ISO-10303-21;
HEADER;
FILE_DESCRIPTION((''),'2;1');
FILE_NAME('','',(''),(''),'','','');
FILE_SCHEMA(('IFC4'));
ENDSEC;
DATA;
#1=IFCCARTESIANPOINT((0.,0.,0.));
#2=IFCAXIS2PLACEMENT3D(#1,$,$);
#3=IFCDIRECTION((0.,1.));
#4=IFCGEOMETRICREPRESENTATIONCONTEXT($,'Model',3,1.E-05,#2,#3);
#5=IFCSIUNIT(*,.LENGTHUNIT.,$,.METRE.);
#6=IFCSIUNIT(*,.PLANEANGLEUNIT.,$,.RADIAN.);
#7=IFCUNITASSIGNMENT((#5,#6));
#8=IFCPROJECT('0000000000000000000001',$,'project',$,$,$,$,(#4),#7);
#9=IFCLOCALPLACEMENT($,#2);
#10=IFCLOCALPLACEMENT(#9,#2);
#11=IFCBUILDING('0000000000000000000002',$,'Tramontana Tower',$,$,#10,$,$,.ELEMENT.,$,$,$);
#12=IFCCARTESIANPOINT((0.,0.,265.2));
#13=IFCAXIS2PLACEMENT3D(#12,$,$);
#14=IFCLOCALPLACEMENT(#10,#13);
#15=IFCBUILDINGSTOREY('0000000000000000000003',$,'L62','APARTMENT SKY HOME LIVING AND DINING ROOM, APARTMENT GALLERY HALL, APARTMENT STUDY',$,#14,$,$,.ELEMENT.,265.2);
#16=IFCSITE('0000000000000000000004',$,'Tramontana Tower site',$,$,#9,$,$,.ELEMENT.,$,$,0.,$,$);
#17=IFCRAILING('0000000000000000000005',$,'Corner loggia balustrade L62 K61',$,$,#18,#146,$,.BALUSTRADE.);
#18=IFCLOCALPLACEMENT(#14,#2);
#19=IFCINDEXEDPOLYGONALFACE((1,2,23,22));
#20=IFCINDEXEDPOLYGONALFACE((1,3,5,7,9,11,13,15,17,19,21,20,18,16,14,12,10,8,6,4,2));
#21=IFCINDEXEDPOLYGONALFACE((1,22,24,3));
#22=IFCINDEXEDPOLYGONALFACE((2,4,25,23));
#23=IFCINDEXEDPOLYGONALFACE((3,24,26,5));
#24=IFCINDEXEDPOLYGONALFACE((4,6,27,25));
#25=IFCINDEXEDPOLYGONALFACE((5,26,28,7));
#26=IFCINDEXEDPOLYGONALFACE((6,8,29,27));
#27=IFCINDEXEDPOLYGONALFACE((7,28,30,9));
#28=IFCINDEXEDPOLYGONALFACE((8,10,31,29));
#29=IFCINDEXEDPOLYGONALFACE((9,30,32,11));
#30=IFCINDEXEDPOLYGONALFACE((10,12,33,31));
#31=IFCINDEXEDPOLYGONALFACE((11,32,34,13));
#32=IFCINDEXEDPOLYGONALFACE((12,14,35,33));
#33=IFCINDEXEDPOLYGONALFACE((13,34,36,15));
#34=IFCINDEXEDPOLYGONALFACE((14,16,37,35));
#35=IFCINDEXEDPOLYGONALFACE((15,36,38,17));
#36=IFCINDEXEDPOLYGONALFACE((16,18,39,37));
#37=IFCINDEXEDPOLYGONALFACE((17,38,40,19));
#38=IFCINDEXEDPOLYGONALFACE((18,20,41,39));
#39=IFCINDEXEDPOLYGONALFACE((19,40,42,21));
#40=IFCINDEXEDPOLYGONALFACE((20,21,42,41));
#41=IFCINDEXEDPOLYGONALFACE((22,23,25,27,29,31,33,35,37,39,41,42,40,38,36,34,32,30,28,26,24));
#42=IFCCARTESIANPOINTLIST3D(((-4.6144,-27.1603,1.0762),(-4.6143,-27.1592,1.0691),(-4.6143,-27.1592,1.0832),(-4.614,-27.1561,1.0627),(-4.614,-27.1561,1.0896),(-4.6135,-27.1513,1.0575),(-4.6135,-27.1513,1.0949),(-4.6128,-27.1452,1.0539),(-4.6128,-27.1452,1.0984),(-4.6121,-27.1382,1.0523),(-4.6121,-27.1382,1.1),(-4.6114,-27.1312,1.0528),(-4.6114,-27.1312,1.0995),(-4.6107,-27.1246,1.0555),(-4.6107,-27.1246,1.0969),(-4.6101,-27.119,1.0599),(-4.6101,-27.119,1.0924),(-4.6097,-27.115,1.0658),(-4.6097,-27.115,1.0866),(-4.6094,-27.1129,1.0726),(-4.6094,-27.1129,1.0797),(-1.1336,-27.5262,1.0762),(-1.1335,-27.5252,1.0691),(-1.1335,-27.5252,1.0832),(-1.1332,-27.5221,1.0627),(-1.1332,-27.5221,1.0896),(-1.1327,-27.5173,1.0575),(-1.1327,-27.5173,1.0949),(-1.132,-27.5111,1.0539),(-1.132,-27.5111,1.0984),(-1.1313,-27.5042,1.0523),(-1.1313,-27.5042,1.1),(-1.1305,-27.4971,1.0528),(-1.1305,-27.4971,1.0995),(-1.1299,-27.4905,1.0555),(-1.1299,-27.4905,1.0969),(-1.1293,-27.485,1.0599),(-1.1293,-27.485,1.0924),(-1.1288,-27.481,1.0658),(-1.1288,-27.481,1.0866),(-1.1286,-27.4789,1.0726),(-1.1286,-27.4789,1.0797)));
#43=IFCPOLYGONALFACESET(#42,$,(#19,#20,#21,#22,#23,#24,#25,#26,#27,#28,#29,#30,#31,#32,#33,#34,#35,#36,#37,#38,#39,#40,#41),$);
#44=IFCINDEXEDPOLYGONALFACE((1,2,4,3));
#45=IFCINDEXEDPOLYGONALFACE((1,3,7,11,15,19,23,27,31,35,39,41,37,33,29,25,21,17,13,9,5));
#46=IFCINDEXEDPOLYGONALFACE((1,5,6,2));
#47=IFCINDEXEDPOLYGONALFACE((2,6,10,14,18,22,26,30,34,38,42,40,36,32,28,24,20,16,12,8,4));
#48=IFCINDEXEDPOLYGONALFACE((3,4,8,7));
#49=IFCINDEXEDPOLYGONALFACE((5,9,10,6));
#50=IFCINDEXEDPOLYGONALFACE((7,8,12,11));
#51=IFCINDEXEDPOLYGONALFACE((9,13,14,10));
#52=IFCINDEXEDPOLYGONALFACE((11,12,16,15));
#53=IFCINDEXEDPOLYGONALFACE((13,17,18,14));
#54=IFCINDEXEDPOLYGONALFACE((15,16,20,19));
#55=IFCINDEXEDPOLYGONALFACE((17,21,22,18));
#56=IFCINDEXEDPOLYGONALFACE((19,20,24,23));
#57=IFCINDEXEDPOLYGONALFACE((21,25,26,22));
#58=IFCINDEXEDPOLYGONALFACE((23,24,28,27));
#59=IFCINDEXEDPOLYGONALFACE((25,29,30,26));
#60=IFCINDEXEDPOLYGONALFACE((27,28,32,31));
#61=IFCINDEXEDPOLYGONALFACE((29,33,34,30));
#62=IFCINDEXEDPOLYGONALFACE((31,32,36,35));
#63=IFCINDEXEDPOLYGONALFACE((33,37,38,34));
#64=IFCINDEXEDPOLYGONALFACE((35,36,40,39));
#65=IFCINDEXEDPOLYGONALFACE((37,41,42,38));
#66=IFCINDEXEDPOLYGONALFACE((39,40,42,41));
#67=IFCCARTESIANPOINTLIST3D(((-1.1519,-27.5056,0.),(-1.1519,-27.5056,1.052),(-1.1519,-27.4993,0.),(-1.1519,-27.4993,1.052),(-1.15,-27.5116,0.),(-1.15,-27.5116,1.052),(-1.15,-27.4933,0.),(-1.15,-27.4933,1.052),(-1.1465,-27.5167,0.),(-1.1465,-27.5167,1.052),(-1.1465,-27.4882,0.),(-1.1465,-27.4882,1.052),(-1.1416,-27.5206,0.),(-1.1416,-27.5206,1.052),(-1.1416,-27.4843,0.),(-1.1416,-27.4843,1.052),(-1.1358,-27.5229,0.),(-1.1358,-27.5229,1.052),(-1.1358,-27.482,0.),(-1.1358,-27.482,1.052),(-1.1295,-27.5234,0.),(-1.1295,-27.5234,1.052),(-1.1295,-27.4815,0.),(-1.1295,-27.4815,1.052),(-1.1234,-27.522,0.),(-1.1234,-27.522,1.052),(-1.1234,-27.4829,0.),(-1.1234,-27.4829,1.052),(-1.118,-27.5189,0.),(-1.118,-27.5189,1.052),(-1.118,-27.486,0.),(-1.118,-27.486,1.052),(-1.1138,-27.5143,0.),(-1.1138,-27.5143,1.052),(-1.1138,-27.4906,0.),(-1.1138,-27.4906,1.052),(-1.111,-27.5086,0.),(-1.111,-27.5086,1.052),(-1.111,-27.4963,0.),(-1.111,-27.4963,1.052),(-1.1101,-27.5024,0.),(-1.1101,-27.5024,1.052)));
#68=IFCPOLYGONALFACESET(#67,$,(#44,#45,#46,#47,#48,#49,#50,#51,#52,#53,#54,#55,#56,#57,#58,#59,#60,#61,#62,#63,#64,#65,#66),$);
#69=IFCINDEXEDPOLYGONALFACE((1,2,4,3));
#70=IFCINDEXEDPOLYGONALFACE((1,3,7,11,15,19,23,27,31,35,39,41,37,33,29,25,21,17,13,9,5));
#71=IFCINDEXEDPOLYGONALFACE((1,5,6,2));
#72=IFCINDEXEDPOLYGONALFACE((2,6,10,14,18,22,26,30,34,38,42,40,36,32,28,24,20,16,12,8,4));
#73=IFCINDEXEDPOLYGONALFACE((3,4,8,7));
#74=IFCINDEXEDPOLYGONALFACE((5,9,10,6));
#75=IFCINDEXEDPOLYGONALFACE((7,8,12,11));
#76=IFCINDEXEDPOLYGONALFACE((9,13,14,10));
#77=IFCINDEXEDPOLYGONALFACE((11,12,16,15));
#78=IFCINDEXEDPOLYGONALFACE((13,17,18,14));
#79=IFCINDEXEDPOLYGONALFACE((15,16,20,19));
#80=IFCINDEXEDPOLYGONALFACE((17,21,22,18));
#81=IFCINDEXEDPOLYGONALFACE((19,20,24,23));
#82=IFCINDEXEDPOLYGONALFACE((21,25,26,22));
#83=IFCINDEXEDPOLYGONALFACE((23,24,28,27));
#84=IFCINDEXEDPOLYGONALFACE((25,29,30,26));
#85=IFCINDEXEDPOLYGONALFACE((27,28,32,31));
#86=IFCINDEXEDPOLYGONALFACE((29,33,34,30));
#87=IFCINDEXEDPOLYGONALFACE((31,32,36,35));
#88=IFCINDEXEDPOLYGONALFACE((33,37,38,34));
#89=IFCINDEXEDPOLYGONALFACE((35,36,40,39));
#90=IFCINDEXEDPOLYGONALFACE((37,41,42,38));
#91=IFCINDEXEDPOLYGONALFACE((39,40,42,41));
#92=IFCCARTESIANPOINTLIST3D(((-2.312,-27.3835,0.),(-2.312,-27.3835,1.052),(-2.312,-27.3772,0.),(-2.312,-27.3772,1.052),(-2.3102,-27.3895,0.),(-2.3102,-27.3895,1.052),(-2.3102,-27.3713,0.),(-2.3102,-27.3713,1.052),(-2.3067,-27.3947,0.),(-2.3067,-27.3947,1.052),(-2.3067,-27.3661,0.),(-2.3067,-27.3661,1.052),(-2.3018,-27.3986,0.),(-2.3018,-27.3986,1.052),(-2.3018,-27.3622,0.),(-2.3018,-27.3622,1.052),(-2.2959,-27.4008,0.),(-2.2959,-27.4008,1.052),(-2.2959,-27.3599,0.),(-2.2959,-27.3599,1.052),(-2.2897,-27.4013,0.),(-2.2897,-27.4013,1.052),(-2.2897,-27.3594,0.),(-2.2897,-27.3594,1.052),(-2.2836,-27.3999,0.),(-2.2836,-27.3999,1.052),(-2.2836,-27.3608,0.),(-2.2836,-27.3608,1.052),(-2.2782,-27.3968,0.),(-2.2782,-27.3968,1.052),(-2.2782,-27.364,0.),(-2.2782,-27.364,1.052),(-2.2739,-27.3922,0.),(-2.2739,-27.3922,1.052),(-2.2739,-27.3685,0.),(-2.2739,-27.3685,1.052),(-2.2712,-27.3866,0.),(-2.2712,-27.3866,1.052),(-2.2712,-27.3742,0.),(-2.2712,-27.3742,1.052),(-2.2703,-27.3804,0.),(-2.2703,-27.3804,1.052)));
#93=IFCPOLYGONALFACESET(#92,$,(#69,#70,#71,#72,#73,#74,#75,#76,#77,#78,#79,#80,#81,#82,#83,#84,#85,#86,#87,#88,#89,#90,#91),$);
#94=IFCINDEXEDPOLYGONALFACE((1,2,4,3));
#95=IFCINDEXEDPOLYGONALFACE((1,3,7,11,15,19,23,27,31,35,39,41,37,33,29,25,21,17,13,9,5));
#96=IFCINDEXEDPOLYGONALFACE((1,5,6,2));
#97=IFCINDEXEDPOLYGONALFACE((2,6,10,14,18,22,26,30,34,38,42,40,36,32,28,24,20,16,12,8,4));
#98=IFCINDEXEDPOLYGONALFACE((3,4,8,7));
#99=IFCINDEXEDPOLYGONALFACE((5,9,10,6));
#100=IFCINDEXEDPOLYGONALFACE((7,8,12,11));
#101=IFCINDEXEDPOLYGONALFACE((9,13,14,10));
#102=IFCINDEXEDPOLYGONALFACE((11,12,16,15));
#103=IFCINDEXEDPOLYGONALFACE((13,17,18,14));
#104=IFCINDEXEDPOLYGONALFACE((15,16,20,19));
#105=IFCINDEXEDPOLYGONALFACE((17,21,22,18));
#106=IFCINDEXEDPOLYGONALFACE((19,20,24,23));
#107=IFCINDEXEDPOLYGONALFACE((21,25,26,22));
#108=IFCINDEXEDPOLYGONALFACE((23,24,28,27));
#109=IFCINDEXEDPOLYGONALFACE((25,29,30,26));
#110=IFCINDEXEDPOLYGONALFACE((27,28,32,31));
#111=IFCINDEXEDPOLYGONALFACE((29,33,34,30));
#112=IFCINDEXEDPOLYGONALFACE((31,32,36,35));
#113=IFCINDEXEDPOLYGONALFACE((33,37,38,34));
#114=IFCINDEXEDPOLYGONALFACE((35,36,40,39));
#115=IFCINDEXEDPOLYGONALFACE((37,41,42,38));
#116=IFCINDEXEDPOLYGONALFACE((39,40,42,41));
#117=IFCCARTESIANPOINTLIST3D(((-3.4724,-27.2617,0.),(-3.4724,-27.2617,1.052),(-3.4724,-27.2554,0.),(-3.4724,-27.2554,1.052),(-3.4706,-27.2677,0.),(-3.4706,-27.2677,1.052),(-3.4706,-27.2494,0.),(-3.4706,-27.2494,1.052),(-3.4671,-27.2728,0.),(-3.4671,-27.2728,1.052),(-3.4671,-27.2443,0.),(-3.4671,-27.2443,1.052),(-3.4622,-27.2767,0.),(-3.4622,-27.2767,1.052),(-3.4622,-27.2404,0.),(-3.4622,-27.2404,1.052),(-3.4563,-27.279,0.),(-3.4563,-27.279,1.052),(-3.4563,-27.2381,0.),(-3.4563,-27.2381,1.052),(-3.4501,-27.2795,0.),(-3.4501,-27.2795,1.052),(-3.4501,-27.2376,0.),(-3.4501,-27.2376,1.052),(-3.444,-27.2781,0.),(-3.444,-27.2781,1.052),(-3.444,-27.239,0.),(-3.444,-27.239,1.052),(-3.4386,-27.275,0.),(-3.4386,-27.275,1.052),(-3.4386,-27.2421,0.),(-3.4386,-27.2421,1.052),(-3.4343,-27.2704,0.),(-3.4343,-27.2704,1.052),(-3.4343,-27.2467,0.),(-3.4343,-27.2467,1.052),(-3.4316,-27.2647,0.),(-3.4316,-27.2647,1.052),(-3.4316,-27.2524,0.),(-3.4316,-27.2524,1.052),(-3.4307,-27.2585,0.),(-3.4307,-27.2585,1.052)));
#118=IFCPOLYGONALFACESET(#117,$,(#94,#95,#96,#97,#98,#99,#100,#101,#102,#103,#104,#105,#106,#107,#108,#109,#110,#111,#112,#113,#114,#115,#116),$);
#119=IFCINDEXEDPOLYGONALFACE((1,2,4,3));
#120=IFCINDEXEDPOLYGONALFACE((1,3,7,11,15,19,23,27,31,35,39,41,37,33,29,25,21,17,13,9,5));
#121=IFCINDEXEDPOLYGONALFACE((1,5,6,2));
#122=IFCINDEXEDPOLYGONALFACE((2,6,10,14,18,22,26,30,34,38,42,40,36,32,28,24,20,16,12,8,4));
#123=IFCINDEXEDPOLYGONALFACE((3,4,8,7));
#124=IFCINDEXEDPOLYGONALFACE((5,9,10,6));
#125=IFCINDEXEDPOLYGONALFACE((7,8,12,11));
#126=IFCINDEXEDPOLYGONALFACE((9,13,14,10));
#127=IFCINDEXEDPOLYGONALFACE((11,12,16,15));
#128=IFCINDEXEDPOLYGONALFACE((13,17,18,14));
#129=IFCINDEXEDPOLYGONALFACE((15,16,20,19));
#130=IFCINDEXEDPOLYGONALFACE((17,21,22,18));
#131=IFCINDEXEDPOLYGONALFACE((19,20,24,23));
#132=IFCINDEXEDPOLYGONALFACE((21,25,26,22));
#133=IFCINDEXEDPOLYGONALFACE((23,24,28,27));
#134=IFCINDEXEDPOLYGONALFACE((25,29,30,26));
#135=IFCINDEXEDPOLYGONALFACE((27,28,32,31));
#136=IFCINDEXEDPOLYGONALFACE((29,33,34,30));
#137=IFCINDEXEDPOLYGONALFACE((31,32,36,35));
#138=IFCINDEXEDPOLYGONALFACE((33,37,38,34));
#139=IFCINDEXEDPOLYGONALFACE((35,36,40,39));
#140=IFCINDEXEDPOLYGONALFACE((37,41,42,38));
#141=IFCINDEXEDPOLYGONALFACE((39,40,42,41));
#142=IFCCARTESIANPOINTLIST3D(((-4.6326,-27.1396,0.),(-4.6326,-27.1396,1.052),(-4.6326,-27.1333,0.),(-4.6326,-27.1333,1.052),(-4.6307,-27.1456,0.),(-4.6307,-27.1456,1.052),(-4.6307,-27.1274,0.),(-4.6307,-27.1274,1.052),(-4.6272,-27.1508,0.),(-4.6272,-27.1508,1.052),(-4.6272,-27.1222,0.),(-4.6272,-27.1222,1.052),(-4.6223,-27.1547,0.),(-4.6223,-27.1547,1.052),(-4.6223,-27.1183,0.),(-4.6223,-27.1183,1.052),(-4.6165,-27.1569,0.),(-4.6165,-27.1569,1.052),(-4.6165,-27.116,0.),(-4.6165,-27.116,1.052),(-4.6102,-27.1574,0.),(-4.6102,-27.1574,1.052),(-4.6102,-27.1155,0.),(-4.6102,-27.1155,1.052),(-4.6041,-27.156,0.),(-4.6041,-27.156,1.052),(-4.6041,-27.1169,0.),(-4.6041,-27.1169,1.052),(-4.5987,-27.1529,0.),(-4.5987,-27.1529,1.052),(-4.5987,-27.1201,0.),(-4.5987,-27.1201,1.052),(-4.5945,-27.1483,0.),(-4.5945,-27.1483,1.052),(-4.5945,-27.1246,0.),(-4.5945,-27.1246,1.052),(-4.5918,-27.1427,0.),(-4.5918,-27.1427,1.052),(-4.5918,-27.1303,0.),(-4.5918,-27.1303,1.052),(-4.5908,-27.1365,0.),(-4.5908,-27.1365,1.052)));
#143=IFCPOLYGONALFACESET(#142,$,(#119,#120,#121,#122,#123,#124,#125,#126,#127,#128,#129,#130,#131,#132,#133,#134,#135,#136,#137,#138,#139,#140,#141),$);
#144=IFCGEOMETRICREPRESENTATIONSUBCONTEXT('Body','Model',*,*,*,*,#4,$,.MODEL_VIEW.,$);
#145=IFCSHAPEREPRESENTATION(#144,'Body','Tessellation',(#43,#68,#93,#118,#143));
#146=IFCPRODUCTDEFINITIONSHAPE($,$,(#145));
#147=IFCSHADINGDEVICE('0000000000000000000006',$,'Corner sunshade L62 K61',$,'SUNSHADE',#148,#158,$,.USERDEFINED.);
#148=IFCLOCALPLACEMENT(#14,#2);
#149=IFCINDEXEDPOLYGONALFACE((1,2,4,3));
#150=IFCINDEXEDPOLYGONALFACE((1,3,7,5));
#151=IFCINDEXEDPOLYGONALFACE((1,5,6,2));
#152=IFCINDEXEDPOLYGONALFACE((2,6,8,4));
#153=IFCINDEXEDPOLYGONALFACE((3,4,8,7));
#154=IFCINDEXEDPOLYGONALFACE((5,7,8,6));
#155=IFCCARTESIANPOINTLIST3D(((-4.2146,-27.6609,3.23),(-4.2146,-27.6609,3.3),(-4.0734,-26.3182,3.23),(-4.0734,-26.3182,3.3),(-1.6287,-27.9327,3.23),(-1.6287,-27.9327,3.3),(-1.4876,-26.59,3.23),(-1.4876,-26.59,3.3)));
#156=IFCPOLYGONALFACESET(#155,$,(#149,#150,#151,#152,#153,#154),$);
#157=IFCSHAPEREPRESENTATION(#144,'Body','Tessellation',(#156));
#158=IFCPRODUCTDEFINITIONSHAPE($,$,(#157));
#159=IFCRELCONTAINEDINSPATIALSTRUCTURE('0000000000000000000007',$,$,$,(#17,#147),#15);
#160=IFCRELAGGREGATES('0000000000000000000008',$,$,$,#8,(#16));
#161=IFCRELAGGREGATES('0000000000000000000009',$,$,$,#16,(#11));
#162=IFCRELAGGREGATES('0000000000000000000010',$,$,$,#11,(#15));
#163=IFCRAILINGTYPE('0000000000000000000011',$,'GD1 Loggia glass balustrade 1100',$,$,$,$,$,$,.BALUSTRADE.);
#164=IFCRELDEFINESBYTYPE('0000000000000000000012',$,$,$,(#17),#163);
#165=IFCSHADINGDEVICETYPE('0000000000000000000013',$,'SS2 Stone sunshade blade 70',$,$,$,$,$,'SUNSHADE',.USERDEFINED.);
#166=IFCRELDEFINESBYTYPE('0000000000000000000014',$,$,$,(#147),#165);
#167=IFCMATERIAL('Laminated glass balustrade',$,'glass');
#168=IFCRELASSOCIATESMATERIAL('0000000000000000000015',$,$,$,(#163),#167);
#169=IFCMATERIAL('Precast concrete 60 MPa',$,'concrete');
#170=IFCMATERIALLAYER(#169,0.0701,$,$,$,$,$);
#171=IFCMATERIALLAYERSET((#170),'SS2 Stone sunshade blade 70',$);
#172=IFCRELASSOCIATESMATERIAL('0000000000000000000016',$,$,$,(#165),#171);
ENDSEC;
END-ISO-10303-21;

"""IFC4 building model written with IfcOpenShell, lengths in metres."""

from ifc_helpers import new_model, si_unit, direction, frame, origin, origin_2d, place, context, subcontext, project, spatial, rectangle, circle, extrude, material, layer, layer_set, type_object, element, save


model = new_model("IFC4")

# Units and contexts
model_context = context("Model", 3, precision=1e-05, world=origin(), true_north=direction((0.0, 1.0)))
body_context = subcontext(model_context, "Body", "Model", "MODEL_VIEW")
ifc_project = project(units=[si_unit("LENGTHUNIT", "METRE"), si_unit("PLANEANGLEUNIT", "RADIAN")], contexts=[model_context])

# Site, building, storey
site_placement = place(None, origin())
site = spatial("IfcSite", under=ifc_project, at=site_placement, Name="Tramontana Tower site", CompositionType="ELEMENT", RefElevation=0.0)
building_placement = place(site_placement, origin())
building = spatial("IfcBuilding", under=site, at=building_placement, Name="Tramontana Tower", CompositionType="ELEMENT")
storey_placement = place(building_placement, frame((0.0, 0.0, 265.2)))
storey = spatial("IfcBuildingStorey", under=building, at=storey_placement, Name="L62", Description="APARTMENT SKY HOME LIVING AND DINING ROOM, APARTMENT GALLERY HALL, APARTMENT STUDY", CompositionType="ELEMENT", Elevation=265.2)

# Railing
ifc_material_1 = material(Name="Laminated glass balustrade", Category="glass")
railing_type = type_object("IfcRailingType", Name="GD1 Loggia glass balustrade 1100", PredefinedType="BALUSTRADE", material=ifc_material_1)
railing_1_placement = place(storey_placement, frame((-1.1311, -27.5024, 0.0)))
element("IfcRailing", 1, at=railing_1_placement, inside=storey, type_object=railing_type, Name="Corner loggia balustrade L62 K61", PredefinedType="BALUSTRADE", context=body_context, shape_type="SweptSolid", body=[
    extrude(circle(Radius=0.0239, at=origin_2d()), frame((0.0, 0.0, 1.0762), z_axis=(-0.994518, 0.104565, 0.0), x_axis=(-0.104565, -0.994518, 0.0)), (0.0, 0.0, 1.0), 3.5),
    extrude(circle(Radius=0.021, at=origin_2d()), origin(), (0.0, 0.0, 1.0), 1.052),
    extrude(circle(Radius=0.021, at=origin_2d()), frame((-1.1602, 0.1221, 0.0)), (0.0, 0.0, 1.0), 1.052),
    extrude(circle(Radius=0.021, at=origin_2d()), frame((-2.3206, 0.2439, 0.0)), (0.0, 0.0, 1.0), 1.052),
    extrude(circle(Radius=0.021, at=origin_2d()), frame((-3.4807, 0.366, 0.0)), (0.0, 0.0, 1.0), 1.052),
])

# Shading device
ifc_material_2 = material(Name="Precast concrete 60 MPa", Category="concrete")
ifc_layer_1 = layer(ifc_material_2, 0.0701)
ifc_layer_set_1 = layer_set([ifc_layer_1], Name="SS2 Stone sunshade blade 70")
shading_device_type = type_object("IfcShadingDeviceType", Name="SS2 Stone sunshade blade 70", ElementType="SUNSHADE", PredefinedType="USERDEFINED", material=ifc_layer_set_1)
shading_device_placement = place(storey_placement, frame((-2.8511, -27.1255, 3.23), z_axis=(0.0, 0.0, 1.0), x_axis=(-0.994522, 0.104528, 0.0)))
element("IfcShadingDevice", 2, at=shading_device_placement, inside=storey, type_object=shading_device_type, Name="Corner sunshade L62 K61", ObjectType="SUNSHADE", PredefinedType="USERDEFINED", context=body_context, shape_type="SweptSolid", body=[
    extrude(rectangle(XDim=2.6001, YDim=1.3501, at=origin_2d()), origin(), (0.0, 0.0, 1.0), 0.0701),
])

save(model, "model.ifc")
